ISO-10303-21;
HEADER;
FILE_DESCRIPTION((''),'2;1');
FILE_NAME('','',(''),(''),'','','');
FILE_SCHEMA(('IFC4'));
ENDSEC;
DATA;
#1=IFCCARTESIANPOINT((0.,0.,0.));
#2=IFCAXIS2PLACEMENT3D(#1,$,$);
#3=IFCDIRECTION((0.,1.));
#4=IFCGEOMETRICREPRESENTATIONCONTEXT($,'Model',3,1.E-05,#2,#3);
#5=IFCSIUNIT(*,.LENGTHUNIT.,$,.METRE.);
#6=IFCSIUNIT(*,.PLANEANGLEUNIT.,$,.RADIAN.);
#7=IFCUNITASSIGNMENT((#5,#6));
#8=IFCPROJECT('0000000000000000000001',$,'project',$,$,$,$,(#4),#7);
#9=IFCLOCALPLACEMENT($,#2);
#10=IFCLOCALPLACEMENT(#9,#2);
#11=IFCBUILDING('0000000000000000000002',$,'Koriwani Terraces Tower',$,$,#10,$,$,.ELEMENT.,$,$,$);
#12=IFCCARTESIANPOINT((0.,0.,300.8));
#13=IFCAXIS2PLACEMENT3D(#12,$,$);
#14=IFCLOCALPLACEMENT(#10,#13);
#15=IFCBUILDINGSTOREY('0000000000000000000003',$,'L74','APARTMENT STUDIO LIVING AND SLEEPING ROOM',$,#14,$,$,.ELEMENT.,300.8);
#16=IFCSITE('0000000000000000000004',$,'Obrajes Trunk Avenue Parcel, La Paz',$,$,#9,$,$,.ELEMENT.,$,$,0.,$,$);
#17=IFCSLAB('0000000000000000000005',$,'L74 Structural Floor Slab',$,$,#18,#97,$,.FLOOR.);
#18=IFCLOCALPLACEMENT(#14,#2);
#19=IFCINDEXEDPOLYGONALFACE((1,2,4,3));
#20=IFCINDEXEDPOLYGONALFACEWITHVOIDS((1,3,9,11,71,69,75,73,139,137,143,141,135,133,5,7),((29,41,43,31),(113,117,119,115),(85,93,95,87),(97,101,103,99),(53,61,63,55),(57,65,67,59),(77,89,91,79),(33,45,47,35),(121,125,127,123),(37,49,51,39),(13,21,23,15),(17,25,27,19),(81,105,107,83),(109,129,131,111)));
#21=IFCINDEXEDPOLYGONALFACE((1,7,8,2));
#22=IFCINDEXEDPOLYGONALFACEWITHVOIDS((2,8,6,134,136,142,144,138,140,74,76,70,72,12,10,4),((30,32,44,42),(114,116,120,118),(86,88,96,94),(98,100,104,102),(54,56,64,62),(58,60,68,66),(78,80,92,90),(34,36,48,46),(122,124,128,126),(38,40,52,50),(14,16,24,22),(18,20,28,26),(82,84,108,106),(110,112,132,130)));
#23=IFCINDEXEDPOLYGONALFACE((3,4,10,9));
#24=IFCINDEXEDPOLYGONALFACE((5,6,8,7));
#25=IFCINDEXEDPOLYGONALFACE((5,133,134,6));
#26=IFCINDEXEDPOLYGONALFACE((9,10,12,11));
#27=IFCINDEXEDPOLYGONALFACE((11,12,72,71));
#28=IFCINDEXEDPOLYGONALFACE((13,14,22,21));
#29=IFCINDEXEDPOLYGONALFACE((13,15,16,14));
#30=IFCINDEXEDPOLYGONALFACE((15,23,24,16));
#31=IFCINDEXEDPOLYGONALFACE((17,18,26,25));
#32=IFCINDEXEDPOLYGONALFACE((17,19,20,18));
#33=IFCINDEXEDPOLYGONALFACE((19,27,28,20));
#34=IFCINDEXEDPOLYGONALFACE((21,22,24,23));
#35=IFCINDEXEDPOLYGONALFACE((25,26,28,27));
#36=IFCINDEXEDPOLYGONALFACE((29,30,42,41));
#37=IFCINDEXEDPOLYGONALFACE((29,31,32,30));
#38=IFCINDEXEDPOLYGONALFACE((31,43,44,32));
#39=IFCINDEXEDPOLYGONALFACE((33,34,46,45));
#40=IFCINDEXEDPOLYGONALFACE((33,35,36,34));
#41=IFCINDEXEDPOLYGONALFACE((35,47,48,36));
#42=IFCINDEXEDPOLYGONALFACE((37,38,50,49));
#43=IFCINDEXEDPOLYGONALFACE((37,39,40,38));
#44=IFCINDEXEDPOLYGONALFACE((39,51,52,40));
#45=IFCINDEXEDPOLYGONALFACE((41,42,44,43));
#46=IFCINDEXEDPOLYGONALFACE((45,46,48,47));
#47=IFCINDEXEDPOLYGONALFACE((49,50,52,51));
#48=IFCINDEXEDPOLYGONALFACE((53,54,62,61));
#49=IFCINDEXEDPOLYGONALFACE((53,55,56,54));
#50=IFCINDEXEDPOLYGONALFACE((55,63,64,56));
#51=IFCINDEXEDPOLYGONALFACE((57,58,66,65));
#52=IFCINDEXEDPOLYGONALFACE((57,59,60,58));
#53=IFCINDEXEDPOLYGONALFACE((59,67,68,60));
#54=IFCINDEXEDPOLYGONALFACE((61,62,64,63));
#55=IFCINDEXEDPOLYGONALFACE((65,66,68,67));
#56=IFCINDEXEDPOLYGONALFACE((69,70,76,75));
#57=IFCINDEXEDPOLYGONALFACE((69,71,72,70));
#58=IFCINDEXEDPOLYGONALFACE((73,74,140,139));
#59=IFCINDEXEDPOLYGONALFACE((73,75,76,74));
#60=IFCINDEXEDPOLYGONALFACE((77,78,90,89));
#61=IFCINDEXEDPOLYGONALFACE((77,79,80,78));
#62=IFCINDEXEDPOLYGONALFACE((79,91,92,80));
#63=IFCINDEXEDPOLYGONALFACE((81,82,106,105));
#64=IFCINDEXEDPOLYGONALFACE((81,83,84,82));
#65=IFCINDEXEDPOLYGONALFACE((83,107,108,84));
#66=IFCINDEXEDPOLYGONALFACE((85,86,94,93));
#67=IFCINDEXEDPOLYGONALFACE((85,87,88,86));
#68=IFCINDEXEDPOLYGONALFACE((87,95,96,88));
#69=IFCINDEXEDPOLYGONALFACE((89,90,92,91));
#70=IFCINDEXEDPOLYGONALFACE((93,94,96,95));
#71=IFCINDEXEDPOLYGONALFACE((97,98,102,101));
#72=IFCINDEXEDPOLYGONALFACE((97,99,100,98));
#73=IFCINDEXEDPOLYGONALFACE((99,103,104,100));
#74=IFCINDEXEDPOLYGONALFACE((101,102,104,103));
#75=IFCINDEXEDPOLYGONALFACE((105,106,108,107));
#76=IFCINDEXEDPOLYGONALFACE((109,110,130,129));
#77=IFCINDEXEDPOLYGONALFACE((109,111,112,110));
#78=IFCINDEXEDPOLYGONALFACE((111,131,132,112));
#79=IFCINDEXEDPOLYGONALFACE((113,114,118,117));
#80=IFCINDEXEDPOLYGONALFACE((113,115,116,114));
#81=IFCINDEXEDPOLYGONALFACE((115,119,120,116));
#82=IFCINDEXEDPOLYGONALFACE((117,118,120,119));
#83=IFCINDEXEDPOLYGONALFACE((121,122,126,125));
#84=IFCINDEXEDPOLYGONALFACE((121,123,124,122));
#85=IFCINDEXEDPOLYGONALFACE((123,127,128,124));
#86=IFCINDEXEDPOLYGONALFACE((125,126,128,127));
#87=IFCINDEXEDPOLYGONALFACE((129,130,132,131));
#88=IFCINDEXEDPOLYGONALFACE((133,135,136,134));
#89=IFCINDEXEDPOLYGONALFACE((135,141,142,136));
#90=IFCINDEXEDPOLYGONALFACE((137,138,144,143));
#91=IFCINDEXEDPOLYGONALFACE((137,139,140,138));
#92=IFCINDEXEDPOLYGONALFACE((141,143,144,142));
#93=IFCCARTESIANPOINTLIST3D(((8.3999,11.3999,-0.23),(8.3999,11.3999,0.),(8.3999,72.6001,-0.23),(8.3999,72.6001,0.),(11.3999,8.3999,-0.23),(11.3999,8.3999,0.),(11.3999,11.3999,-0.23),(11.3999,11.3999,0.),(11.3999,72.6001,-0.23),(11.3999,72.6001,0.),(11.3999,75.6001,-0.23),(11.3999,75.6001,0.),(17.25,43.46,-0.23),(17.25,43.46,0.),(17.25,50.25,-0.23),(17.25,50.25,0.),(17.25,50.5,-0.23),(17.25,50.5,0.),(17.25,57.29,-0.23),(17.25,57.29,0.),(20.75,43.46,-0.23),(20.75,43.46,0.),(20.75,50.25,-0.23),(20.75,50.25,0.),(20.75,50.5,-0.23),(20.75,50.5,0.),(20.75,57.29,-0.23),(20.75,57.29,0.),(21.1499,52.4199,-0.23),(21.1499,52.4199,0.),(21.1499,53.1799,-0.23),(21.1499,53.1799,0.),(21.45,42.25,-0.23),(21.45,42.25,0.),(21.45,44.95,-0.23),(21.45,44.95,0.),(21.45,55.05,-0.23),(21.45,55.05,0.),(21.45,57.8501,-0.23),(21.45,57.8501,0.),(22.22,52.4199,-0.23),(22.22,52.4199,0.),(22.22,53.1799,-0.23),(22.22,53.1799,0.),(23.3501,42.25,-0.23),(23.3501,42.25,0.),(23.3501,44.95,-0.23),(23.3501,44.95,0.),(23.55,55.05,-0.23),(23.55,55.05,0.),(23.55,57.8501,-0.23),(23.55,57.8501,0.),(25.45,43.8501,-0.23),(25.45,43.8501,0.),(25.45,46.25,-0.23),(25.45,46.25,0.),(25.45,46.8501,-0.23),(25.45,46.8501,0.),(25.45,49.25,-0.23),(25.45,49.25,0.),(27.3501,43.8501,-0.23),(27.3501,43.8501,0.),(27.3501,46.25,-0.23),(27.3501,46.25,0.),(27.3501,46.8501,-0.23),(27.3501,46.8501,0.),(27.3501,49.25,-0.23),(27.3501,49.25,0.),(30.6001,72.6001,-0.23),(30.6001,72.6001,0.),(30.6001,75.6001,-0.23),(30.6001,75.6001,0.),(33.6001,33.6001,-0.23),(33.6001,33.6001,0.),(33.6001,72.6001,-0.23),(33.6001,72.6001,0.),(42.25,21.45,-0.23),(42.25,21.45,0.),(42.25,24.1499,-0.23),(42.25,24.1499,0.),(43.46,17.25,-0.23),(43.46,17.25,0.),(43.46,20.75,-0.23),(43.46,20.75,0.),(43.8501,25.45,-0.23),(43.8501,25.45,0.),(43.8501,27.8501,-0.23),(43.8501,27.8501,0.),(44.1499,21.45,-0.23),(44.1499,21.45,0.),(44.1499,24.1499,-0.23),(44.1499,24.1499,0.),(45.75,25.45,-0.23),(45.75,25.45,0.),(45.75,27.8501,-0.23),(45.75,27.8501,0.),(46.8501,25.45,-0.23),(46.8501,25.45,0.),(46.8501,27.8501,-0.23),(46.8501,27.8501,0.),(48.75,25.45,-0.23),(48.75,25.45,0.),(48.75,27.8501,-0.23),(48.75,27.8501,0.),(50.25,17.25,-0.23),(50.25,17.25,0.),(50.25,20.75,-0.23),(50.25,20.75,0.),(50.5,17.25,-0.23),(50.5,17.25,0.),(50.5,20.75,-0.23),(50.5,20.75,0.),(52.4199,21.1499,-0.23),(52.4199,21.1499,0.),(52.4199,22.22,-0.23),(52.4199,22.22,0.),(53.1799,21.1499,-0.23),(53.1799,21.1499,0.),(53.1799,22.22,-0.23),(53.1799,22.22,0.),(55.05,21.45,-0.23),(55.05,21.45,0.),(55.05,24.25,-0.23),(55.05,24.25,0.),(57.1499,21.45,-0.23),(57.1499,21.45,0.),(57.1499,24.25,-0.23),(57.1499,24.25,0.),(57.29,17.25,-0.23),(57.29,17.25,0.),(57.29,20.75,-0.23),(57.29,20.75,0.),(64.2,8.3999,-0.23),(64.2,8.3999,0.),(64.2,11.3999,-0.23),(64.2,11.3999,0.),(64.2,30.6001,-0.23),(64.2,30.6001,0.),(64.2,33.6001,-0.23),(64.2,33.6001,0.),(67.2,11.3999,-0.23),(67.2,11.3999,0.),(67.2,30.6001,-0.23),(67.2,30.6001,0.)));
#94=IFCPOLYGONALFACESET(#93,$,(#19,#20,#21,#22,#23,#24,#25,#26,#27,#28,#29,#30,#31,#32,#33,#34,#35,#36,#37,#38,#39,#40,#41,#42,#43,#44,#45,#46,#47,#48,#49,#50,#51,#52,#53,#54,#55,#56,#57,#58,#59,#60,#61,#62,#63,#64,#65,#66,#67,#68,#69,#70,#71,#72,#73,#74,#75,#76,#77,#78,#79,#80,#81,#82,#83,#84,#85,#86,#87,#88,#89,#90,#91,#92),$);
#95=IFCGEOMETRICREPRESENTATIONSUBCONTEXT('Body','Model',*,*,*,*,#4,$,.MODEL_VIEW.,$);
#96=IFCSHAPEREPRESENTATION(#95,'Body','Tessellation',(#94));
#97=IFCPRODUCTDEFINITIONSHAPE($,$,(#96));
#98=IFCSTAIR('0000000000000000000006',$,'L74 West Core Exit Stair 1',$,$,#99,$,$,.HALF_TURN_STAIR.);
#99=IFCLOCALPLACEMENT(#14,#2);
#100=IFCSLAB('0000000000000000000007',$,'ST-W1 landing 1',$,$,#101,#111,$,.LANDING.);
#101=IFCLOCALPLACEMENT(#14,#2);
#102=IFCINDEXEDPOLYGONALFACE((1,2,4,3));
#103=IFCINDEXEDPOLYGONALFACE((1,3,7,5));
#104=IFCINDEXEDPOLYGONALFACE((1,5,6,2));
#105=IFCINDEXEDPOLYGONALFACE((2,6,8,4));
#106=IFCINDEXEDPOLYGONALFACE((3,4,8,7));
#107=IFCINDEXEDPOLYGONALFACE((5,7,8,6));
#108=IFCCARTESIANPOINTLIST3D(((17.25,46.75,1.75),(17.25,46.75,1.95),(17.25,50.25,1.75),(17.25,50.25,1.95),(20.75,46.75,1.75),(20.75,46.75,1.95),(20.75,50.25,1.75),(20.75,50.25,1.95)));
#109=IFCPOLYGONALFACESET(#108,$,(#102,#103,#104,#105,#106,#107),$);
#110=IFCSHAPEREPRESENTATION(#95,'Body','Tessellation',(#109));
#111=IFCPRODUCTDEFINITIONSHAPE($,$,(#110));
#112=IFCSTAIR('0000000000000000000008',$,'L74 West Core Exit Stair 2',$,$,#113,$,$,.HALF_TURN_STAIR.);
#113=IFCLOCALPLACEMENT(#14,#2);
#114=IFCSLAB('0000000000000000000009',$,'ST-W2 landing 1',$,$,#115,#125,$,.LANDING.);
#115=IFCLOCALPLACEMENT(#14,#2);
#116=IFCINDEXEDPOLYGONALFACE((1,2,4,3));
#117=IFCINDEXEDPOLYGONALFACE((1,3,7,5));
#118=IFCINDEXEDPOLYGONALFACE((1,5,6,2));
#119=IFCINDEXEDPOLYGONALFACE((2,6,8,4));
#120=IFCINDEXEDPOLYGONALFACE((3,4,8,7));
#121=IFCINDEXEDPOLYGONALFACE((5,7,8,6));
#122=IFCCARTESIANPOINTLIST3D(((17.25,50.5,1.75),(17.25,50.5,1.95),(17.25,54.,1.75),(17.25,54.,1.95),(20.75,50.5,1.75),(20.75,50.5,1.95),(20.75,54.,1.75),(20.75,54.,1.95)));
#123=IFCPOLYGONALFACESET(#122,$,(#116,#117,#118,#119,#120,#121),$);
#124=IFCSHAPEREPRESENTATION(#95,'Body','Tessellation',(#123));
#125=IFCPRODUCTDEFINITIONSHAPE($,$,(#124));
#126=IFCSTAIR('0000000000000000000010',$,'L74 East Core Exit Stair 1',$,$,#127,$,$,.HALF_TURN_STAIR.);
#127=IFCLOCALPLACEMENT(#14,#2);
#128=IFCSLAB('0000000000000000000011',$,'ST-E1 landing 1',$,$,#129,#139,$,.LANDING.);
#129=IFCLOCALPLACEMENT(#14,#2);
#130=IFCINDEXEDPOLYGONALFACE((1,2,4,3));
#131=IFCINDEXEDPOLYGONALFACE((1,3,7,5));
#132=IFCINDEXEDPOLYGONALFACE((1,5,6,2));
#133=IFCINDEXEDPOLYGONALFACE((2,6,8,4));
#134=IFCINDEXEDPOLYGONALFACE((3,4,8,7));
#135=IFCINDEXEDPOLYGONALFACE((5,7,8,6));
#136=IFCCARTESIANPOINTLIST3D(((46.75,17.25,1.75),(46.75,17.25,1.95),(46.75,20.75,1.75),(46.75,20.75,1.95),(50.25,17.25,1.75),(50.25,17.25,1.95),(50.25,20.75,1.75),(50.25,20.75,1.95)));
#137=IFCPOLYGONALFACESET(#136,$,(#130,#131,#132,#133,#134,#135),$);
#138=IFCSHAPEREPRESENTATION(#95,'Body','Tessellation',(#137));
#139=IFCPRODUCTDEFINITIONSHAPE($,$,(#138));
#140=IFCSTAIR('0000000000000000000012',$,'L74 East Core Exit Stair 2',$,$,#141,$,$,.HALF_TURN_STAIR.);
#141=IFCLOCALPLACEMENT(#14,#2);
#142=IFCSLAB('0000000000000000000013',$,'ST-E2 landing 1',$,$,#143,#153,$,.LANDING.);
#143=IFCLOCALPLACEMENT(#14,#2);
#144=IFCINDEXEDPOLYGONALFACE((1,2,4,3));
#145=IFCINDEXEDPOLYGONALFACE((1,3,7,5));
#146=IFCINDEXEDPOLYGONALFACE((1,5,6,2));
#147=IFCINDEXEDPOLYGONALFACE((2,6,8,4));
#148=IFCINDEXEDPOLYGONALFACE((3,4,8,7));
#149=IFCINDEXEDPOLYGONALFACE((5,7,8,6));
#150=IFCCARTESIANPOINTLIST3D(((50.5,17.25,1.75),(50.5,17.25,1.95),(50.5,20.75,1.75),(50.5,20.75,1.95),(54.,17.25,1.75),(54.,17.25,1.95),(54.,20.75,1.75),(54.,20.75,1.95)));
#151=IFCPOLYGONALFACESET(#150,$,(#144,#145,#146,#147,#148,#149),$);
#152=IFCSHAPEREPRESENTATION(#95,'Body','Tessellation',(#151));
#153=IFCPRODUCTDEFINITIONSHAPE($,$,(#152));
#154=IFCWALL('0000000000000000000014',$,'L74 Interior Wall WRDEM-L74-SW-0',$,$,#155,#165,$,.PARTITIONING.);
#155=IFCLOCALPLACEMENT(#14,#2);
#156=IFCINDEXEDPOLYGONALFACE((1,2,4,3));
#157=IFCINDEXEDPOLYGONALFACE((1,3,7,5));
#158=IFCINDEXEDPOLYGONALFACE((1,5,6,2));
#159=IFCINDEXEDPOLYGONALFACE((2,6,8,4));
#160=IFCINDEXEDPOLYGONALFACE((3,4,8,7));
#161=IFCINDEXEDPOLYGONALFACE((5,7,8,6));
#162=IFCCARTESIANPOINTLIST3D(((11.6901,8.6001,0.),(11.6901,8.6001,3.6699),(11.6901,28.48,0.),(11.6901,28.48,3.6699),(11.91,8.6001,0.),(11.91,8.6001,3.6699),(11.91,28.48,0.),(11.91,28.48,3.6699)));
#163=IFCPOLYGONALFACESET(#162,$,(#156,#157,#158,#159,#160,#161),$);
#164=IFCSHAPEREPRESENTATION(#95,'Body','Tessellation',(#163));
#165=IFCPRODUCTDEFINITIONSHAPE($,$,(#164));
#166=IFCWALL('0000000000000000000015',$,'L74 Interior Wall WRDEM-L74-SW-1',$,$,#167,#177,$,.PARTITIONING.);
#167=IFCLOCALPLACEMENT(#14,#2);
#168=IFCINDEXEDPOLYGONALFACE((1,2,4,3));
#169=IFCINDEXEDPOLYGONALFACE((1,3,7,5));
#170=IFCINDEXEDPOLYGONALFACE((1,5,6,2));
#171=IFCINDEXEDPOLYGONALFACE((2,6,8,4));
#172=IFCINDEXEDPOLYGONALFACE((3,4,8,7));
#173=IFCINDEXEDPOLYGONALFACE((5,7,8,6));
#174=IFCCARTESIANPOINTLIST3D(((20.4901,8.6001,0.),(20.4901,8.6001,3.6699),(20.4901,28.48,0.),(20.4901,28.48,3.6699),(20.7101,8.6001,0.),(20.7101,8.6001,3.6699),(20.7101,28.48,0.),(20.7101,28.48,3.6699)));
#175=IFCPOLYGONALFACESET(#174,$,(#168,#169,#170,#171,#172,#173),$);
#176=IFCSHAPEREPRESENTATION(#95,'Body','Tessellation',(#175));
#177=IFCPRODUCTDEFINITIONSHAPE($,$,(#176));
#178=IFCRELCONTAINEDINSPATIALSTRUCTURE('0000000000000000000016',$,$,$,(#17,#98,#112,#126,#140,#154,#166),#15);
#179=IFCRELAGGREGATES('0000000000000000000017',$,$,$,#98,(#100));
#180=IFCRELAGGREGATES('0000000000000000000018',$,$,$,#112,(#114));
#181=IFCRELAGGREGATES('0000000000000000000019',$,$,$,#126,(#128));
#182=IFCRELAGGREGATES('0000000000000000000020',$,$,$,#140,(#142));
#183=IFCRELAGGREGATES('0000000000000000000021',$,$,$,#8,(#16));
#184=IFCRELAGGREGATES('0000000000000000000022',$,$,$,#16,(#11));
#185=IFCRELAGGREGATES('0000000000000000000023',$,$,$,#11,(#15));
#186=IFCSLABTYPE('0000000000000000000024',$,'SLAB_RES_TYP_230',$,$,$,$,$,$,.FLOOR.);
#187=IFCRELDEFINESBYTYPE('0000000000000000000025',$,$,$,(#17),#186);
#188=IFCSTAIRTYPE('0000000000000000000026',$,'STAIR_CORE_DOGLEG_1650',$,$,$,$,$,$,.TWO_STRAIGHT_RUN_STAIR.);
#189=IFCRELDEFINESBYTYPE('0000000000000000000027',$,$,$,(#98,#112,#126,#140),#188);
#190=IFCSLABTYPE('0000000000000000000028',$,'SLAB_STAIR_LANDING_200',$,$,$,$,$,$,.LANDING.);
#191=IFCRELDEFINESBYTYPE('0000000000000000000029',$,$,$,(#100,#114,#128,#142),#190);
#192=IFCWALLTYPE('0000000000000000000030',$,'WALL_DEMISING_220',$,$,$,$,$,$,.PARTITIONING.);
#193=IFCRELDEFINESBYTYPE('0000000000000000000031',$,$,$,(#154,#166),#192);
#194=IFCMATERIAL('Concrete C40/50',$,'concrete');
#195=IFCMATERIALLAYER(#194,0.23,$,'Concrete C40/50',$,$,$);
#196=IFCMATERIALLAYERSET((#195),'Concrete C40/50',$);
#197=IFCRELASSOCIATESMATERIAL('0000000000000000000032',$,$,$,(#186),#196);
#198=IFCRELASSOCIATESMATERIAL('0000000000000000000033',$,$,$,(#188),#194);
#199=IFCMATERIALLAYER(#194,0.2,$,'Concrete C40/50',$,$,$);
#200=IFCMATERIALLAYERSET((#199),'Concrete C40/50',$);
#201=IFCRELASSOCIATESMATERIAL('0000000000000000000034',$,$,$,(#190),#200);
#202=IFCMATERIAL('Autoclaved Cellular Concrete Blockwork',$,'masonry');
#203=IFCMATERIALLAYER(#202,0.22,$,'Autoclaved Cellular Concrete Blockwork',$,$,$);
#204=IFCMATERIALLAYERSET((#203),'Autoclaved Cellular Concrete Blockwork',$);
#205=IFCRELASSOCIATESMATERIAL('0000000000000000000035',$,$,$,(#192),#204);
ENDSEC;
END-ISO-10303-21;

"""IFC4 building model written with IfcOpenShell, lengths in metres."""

from ifc_helpers import new_model, si_unit, direction, frame, frame_2d, origin, place, context, subcontext, project, spatial, polyline, rectangle, outline, extrude, material, layer, layer_set, type_object, element, aggregate, save


model = new_model("IFC4")

# Units and contexts
model_context = context("Model", 3, precision=1e-05, world=origin(), true_north=direction((0.0, 1.0)))
body_context = subcontext(model_context, "Body", "Model", "MODEL_VIEW")
ifc_project = project(units=[si_unit("LENGTHUNIT", "METRE"), si_unit("PLANEANGLEUNIT", "RADIAN")], contexts=[model_context])

# Site, building, storey
site_placement = place(None, origin())
site = spatial("IfcSite", under=ifc_project, at=site_placement, Name="Obrajes Trunk Avenue Parcel, La Paz", CompositionType="ELEMENT", RefElevation=0.0)
building_placement = place(site_placement, origin())
building = spatial("IfcBuilding", under=site, at=building_placement, Name="Koriwani Terraces Tower", CompositionType="ELEMENT")
storey_placement = place(building_placement, frame((0.0, 0.0, 300.8)))
storey = spatial("IfcBuildingStorey", under=building, at=storey_placement, Name="L74", Description="APARTMENT STUDIO LIVING AND SLEEPING ROOM", CompositionType="ELEMENT", Elevation=300.8)

# Shared definitions
ifc_material_1 = material(Name="Concrete C40/50", Category="concrete")

# Slab
ifc_layer_1 = layer(ifc_material_1, 0.23, Name="Concrete C40/50")
ifc_layer_set_1 = layer_set([ifc_layer_1], Name="Concrete C40/50")
slab_type_1 = type_object("IfcSlabType", Name="SLAB_RES_TYP_230", PredefinedType="FLOOR", material=ifc_layer_set_1)
slab_1_placement = place(storey_placement, frame((0.0, 0.0, -0.23)))
element("IfcSlab", 1, at=slab_1_placement, inside=storey, type_object=slab_type_1, Name="L74 Structural Floor Slab", PredefinedType="FLOOR", context=body_context, shape_type="SweptSolid", body=[
    extrude(outline(polyline([(11.3999, 8.3999), (64.2, 8.3999), (64.2, 11.3999), (67.2, 11.3999), (67.2, 30.6001), (64.2, 30.6001), (64.2, 33.6001), (33.6001, 33.6001), (33.6001, 72.6001), (30.6001, 72.6001), (30.6001, 75.6001), (11.3999, 75.6001), (11.3999, 72.6001), (8.3999, 72.6001), (8.3999, 11.3999), (11.3999, 11.3999), (11.3999, 8.3999)]), holes=[polyline([(17.25, 43.46), (20.75, 43.46), (20.75, 50.25), (17.25, 50.25), (17.25, 43.46)]), polyline([(17.25, 50.5), (20.75, 50.5), (20.75, 57.29), (17.25, 57.29), (17.25, 50.5)]), polyline([(43.46, 17.25), (50.25, 17.25), (50.25, 20.75), (43.46, 20.75), (43.46, 17.25)]), polyline([(50.5, 17.25), (57.29, 17.25), (57.29, 20.75), (50.5, 20.75), (50.5, 17.25)]), polyline([(25.45, 43.8501), (27.3501, 43.8501), (27.3501, 46.25), (25.45, 46.25), (25.45, 43.8501)]), polyline([(25.45, 46.8501), (27.3501, 46.8501), (27.3501, 49.25), (25.45, 49.25), (25.45, 46.8501)]), polyline([(43.8501, 25.45), (45.75, 25.45), (45.75, 27.8501), (43.8501, 27.8501), (43.8501, 25.45)]), polyline([(46.8501, 25.45), (48.75, 25.45), (48.75, 27.8501), (46.8501, 27.8501), (46.8501, 25.45)]), polyline([(21.45, 55.05), (23.55, 55.05), (23.55, 57.8501), (21.45, 57.8501), (21.45, 55.05)]), polyline([(55.05, 21.45), (57.1499, 21.45), (57.1499, 24.25), (55.05, 24.25), (55.05, 21.45)]), polyline([(21.45, 42.25), (23.3501, 42.25), (23.3501, 44.95), (21.45, 44.95), (21.45, 42.25)]), polyline([(42.25, 21.45), (44.1499, 21.45), (44.1499, 24.1499), (42.25, 24.1499), (42.25, 21.45)]), polyline([(21.1499, 52.4199), (22.22, 52.4199), (22.22, 53.1799), (21.1499, 53.1799), (21.1499, 52.4199)]), polyline([(52.4199, 21.1499), (53.1799, 21.1499), (53.1799, 22.22), (52.4199, 22.22), (52.4199, 21.1499)])]), origin(), (0.0, 0.0, 1.0), 0.23),
])

# Stairs, slabs
stair_type = type_object("IfcStairType", Name="STAIR_CORE_DOGLEG_1650", PredefinedType="TWO_STRAIGHT_RUN_STAIR", material=ifc_material_1)
stair_1_placement = place(storey_placement, origin())
stair_1 = element("IfcStair", 2, at=stair_1_placement, inside=storey, type_object=stair_type, Name="L74 West Core Exit Stair 1", PredefinedType="HALF_TURN_STAIR")
ifc_layer_2 = layer(ifc_material_1, 0.2, Name="Concrete C40/50")
ifc_layer_set_2 = layer_set([ifc_layer_2], Name="Concrete C40/50")
slab_type_2 = type_object("IfcSlabType", Name="SLAB_STAIR_LANDING_200", PredefinedType="LANDING", material=ifc_layer_set_2)
slab_2_placement = place(storey_placement, frame((0.0, 0.0, 1.75)))
slab_2 = element("IfcSlab", 3, at=slab_2_placement, type_object=slab_type_2, Name="ST-W1 landing 1", PredefinedType="LANDING", context=body_context, shape_type="SweptSolid", body=[
    extrude(outline(polyline([(20.75, 46.75), (20.75, 50.25), (17.25, 50.25), (17.25, 46.75), (20.75, 46.75)])), origin(), (0.0, 0.0, 1.0), 0.2),
])
aggregate(stair_1, [slab_2])
stair_2_placement = place(storey_placement, origin())
stair_2 = element("IfcStair", 4, at=stair_2_placement, inside=storey, type_object=stair_type, Name="L74 West Core Exit Stair 2", PredefinedType="HALF_TURN_STAIR")
slab_3_placement = place(storey_placement, frame((0.0, 0.0, 1.75)))
slab_3 = element("IfcSlab", 5, at=slab_3_placement, type_object=slab_type_2, Name="ST-W2 landing 1", PredefinedType="LANDING", context=body_context, shape_type="SweptSolid", body=[
    extrude(outline(polyline([(17.25, 54.0), (17.25, 50.5), (20.75, 50.5), (20.75, 54.0), (17.25, 54.0)])), origin(), (0.0, 0.0, 1.0), 0.2),
])
aggregate(stair_2, [slab_3])
stair_3_placement = place(storey_placement, origin())
stair_3 = element("IfcStair", 6, at=stair_3_placement, inside=storey, type_object=stair_type, Name="L74 East Core Exit Stair 1", PredefinedType="HALF_TURN_STAIR")
slab_4_placement = place(storey_placement, frame((0.0, 0.0, 1.75)))
slab_4 = element("IfcSlab", 7, at=slab_4_placement, type_object=slab_type_2, Name="ST-E1 landing 1", PredefinedType="LANDING", context=body_context, shape_type="SweptSolid", body=[
    extrude(outline(polyline([(46.75, 17.25), (50.25, 17.25), (50.25, 20.75), (46.75, 20.75), (46.75, 17.25)])), origin(), (0.0, 0.0, 1.0), 0.2),
])
aggregate(stair_3, [slab_4])
stair_4_placement = place(storey_placement, origin())
stair_4 = element("IfcStair", 8, at=stair_4_placement, inside=storey, type_object=stair_type, Name="L74 East Core Exit Stair 2", PredefinedType="HALF_TURN_STAIR")
slab_5_placement = place(storey_placement, frame((0.0, 0.0, 1.75)))
slab_5 = element("IfcSlab", 9, at=slab_5_placement, type_object=slab_type_2, Name="ST-E2 landing 1", PredefinedType="LANDING", context=body_context, shape_type="SweptSolid", body=[
    extrude(outline(polyline([(54.0, 20.75), (50.5, 20.75), (50.5, 17.25), (54.0, 17.25), (54.0, 20.75)])), origin(), (0.0, 0.0, 1.0), 0.2),
])
aggregate(stair_4, [slab_5])

# Walls
ifc_material_2 = material(Name="Autoclaved Cellular Concrete Blockwork", Category="masonry")
ifc_layer_3 = layer(ifc_material_2, 0.22, Name="Autoclaved Cellular Concrete Blockwork")
ifc_layer_set_3 = layer_set([ifc_layer_3], Name="Autoclaved Cellular Concrete Blockwork")
wall_type_1 = type_object("IfcWallType", Name="WALL_DEMISING_220", PredefinedType="PARTITIONING", material=ifc_layer_set_3)
for number, where, z_axis, x_axis, name in (
    (10, (11.8, 8.6001, 0.0), (0.0, 0.0, 1.0), (0.0, 1.0, 0.0), "L74 Interior Wall WRDEM-L74-SW-0"),
    (11, (20.6001, 8.6001, 0.0), (0.0, 0.0, 1.0), (0.0, 1.0, 0.0), "L74 Interior Wall WRDEM-L74-SW-1"),
):
    element("IfcWall", number, at=place(storey_placement, frame(where, z_axis=z_axis, x_axis=x_axis)), inside=storey, type_object=wall_type_1, Name=name, PredefinedType="PARTITIONING", context=body_context, shape_type="SweptSolid", body=[
        extrude(rectangle(XDim=19.8799, YDim=0.22, at=frame_2d((9.9399, 0.0))), origin(), (0.0, 0.0, 1.0), 3.6699),
    ])

save(model, "model.ifc")
